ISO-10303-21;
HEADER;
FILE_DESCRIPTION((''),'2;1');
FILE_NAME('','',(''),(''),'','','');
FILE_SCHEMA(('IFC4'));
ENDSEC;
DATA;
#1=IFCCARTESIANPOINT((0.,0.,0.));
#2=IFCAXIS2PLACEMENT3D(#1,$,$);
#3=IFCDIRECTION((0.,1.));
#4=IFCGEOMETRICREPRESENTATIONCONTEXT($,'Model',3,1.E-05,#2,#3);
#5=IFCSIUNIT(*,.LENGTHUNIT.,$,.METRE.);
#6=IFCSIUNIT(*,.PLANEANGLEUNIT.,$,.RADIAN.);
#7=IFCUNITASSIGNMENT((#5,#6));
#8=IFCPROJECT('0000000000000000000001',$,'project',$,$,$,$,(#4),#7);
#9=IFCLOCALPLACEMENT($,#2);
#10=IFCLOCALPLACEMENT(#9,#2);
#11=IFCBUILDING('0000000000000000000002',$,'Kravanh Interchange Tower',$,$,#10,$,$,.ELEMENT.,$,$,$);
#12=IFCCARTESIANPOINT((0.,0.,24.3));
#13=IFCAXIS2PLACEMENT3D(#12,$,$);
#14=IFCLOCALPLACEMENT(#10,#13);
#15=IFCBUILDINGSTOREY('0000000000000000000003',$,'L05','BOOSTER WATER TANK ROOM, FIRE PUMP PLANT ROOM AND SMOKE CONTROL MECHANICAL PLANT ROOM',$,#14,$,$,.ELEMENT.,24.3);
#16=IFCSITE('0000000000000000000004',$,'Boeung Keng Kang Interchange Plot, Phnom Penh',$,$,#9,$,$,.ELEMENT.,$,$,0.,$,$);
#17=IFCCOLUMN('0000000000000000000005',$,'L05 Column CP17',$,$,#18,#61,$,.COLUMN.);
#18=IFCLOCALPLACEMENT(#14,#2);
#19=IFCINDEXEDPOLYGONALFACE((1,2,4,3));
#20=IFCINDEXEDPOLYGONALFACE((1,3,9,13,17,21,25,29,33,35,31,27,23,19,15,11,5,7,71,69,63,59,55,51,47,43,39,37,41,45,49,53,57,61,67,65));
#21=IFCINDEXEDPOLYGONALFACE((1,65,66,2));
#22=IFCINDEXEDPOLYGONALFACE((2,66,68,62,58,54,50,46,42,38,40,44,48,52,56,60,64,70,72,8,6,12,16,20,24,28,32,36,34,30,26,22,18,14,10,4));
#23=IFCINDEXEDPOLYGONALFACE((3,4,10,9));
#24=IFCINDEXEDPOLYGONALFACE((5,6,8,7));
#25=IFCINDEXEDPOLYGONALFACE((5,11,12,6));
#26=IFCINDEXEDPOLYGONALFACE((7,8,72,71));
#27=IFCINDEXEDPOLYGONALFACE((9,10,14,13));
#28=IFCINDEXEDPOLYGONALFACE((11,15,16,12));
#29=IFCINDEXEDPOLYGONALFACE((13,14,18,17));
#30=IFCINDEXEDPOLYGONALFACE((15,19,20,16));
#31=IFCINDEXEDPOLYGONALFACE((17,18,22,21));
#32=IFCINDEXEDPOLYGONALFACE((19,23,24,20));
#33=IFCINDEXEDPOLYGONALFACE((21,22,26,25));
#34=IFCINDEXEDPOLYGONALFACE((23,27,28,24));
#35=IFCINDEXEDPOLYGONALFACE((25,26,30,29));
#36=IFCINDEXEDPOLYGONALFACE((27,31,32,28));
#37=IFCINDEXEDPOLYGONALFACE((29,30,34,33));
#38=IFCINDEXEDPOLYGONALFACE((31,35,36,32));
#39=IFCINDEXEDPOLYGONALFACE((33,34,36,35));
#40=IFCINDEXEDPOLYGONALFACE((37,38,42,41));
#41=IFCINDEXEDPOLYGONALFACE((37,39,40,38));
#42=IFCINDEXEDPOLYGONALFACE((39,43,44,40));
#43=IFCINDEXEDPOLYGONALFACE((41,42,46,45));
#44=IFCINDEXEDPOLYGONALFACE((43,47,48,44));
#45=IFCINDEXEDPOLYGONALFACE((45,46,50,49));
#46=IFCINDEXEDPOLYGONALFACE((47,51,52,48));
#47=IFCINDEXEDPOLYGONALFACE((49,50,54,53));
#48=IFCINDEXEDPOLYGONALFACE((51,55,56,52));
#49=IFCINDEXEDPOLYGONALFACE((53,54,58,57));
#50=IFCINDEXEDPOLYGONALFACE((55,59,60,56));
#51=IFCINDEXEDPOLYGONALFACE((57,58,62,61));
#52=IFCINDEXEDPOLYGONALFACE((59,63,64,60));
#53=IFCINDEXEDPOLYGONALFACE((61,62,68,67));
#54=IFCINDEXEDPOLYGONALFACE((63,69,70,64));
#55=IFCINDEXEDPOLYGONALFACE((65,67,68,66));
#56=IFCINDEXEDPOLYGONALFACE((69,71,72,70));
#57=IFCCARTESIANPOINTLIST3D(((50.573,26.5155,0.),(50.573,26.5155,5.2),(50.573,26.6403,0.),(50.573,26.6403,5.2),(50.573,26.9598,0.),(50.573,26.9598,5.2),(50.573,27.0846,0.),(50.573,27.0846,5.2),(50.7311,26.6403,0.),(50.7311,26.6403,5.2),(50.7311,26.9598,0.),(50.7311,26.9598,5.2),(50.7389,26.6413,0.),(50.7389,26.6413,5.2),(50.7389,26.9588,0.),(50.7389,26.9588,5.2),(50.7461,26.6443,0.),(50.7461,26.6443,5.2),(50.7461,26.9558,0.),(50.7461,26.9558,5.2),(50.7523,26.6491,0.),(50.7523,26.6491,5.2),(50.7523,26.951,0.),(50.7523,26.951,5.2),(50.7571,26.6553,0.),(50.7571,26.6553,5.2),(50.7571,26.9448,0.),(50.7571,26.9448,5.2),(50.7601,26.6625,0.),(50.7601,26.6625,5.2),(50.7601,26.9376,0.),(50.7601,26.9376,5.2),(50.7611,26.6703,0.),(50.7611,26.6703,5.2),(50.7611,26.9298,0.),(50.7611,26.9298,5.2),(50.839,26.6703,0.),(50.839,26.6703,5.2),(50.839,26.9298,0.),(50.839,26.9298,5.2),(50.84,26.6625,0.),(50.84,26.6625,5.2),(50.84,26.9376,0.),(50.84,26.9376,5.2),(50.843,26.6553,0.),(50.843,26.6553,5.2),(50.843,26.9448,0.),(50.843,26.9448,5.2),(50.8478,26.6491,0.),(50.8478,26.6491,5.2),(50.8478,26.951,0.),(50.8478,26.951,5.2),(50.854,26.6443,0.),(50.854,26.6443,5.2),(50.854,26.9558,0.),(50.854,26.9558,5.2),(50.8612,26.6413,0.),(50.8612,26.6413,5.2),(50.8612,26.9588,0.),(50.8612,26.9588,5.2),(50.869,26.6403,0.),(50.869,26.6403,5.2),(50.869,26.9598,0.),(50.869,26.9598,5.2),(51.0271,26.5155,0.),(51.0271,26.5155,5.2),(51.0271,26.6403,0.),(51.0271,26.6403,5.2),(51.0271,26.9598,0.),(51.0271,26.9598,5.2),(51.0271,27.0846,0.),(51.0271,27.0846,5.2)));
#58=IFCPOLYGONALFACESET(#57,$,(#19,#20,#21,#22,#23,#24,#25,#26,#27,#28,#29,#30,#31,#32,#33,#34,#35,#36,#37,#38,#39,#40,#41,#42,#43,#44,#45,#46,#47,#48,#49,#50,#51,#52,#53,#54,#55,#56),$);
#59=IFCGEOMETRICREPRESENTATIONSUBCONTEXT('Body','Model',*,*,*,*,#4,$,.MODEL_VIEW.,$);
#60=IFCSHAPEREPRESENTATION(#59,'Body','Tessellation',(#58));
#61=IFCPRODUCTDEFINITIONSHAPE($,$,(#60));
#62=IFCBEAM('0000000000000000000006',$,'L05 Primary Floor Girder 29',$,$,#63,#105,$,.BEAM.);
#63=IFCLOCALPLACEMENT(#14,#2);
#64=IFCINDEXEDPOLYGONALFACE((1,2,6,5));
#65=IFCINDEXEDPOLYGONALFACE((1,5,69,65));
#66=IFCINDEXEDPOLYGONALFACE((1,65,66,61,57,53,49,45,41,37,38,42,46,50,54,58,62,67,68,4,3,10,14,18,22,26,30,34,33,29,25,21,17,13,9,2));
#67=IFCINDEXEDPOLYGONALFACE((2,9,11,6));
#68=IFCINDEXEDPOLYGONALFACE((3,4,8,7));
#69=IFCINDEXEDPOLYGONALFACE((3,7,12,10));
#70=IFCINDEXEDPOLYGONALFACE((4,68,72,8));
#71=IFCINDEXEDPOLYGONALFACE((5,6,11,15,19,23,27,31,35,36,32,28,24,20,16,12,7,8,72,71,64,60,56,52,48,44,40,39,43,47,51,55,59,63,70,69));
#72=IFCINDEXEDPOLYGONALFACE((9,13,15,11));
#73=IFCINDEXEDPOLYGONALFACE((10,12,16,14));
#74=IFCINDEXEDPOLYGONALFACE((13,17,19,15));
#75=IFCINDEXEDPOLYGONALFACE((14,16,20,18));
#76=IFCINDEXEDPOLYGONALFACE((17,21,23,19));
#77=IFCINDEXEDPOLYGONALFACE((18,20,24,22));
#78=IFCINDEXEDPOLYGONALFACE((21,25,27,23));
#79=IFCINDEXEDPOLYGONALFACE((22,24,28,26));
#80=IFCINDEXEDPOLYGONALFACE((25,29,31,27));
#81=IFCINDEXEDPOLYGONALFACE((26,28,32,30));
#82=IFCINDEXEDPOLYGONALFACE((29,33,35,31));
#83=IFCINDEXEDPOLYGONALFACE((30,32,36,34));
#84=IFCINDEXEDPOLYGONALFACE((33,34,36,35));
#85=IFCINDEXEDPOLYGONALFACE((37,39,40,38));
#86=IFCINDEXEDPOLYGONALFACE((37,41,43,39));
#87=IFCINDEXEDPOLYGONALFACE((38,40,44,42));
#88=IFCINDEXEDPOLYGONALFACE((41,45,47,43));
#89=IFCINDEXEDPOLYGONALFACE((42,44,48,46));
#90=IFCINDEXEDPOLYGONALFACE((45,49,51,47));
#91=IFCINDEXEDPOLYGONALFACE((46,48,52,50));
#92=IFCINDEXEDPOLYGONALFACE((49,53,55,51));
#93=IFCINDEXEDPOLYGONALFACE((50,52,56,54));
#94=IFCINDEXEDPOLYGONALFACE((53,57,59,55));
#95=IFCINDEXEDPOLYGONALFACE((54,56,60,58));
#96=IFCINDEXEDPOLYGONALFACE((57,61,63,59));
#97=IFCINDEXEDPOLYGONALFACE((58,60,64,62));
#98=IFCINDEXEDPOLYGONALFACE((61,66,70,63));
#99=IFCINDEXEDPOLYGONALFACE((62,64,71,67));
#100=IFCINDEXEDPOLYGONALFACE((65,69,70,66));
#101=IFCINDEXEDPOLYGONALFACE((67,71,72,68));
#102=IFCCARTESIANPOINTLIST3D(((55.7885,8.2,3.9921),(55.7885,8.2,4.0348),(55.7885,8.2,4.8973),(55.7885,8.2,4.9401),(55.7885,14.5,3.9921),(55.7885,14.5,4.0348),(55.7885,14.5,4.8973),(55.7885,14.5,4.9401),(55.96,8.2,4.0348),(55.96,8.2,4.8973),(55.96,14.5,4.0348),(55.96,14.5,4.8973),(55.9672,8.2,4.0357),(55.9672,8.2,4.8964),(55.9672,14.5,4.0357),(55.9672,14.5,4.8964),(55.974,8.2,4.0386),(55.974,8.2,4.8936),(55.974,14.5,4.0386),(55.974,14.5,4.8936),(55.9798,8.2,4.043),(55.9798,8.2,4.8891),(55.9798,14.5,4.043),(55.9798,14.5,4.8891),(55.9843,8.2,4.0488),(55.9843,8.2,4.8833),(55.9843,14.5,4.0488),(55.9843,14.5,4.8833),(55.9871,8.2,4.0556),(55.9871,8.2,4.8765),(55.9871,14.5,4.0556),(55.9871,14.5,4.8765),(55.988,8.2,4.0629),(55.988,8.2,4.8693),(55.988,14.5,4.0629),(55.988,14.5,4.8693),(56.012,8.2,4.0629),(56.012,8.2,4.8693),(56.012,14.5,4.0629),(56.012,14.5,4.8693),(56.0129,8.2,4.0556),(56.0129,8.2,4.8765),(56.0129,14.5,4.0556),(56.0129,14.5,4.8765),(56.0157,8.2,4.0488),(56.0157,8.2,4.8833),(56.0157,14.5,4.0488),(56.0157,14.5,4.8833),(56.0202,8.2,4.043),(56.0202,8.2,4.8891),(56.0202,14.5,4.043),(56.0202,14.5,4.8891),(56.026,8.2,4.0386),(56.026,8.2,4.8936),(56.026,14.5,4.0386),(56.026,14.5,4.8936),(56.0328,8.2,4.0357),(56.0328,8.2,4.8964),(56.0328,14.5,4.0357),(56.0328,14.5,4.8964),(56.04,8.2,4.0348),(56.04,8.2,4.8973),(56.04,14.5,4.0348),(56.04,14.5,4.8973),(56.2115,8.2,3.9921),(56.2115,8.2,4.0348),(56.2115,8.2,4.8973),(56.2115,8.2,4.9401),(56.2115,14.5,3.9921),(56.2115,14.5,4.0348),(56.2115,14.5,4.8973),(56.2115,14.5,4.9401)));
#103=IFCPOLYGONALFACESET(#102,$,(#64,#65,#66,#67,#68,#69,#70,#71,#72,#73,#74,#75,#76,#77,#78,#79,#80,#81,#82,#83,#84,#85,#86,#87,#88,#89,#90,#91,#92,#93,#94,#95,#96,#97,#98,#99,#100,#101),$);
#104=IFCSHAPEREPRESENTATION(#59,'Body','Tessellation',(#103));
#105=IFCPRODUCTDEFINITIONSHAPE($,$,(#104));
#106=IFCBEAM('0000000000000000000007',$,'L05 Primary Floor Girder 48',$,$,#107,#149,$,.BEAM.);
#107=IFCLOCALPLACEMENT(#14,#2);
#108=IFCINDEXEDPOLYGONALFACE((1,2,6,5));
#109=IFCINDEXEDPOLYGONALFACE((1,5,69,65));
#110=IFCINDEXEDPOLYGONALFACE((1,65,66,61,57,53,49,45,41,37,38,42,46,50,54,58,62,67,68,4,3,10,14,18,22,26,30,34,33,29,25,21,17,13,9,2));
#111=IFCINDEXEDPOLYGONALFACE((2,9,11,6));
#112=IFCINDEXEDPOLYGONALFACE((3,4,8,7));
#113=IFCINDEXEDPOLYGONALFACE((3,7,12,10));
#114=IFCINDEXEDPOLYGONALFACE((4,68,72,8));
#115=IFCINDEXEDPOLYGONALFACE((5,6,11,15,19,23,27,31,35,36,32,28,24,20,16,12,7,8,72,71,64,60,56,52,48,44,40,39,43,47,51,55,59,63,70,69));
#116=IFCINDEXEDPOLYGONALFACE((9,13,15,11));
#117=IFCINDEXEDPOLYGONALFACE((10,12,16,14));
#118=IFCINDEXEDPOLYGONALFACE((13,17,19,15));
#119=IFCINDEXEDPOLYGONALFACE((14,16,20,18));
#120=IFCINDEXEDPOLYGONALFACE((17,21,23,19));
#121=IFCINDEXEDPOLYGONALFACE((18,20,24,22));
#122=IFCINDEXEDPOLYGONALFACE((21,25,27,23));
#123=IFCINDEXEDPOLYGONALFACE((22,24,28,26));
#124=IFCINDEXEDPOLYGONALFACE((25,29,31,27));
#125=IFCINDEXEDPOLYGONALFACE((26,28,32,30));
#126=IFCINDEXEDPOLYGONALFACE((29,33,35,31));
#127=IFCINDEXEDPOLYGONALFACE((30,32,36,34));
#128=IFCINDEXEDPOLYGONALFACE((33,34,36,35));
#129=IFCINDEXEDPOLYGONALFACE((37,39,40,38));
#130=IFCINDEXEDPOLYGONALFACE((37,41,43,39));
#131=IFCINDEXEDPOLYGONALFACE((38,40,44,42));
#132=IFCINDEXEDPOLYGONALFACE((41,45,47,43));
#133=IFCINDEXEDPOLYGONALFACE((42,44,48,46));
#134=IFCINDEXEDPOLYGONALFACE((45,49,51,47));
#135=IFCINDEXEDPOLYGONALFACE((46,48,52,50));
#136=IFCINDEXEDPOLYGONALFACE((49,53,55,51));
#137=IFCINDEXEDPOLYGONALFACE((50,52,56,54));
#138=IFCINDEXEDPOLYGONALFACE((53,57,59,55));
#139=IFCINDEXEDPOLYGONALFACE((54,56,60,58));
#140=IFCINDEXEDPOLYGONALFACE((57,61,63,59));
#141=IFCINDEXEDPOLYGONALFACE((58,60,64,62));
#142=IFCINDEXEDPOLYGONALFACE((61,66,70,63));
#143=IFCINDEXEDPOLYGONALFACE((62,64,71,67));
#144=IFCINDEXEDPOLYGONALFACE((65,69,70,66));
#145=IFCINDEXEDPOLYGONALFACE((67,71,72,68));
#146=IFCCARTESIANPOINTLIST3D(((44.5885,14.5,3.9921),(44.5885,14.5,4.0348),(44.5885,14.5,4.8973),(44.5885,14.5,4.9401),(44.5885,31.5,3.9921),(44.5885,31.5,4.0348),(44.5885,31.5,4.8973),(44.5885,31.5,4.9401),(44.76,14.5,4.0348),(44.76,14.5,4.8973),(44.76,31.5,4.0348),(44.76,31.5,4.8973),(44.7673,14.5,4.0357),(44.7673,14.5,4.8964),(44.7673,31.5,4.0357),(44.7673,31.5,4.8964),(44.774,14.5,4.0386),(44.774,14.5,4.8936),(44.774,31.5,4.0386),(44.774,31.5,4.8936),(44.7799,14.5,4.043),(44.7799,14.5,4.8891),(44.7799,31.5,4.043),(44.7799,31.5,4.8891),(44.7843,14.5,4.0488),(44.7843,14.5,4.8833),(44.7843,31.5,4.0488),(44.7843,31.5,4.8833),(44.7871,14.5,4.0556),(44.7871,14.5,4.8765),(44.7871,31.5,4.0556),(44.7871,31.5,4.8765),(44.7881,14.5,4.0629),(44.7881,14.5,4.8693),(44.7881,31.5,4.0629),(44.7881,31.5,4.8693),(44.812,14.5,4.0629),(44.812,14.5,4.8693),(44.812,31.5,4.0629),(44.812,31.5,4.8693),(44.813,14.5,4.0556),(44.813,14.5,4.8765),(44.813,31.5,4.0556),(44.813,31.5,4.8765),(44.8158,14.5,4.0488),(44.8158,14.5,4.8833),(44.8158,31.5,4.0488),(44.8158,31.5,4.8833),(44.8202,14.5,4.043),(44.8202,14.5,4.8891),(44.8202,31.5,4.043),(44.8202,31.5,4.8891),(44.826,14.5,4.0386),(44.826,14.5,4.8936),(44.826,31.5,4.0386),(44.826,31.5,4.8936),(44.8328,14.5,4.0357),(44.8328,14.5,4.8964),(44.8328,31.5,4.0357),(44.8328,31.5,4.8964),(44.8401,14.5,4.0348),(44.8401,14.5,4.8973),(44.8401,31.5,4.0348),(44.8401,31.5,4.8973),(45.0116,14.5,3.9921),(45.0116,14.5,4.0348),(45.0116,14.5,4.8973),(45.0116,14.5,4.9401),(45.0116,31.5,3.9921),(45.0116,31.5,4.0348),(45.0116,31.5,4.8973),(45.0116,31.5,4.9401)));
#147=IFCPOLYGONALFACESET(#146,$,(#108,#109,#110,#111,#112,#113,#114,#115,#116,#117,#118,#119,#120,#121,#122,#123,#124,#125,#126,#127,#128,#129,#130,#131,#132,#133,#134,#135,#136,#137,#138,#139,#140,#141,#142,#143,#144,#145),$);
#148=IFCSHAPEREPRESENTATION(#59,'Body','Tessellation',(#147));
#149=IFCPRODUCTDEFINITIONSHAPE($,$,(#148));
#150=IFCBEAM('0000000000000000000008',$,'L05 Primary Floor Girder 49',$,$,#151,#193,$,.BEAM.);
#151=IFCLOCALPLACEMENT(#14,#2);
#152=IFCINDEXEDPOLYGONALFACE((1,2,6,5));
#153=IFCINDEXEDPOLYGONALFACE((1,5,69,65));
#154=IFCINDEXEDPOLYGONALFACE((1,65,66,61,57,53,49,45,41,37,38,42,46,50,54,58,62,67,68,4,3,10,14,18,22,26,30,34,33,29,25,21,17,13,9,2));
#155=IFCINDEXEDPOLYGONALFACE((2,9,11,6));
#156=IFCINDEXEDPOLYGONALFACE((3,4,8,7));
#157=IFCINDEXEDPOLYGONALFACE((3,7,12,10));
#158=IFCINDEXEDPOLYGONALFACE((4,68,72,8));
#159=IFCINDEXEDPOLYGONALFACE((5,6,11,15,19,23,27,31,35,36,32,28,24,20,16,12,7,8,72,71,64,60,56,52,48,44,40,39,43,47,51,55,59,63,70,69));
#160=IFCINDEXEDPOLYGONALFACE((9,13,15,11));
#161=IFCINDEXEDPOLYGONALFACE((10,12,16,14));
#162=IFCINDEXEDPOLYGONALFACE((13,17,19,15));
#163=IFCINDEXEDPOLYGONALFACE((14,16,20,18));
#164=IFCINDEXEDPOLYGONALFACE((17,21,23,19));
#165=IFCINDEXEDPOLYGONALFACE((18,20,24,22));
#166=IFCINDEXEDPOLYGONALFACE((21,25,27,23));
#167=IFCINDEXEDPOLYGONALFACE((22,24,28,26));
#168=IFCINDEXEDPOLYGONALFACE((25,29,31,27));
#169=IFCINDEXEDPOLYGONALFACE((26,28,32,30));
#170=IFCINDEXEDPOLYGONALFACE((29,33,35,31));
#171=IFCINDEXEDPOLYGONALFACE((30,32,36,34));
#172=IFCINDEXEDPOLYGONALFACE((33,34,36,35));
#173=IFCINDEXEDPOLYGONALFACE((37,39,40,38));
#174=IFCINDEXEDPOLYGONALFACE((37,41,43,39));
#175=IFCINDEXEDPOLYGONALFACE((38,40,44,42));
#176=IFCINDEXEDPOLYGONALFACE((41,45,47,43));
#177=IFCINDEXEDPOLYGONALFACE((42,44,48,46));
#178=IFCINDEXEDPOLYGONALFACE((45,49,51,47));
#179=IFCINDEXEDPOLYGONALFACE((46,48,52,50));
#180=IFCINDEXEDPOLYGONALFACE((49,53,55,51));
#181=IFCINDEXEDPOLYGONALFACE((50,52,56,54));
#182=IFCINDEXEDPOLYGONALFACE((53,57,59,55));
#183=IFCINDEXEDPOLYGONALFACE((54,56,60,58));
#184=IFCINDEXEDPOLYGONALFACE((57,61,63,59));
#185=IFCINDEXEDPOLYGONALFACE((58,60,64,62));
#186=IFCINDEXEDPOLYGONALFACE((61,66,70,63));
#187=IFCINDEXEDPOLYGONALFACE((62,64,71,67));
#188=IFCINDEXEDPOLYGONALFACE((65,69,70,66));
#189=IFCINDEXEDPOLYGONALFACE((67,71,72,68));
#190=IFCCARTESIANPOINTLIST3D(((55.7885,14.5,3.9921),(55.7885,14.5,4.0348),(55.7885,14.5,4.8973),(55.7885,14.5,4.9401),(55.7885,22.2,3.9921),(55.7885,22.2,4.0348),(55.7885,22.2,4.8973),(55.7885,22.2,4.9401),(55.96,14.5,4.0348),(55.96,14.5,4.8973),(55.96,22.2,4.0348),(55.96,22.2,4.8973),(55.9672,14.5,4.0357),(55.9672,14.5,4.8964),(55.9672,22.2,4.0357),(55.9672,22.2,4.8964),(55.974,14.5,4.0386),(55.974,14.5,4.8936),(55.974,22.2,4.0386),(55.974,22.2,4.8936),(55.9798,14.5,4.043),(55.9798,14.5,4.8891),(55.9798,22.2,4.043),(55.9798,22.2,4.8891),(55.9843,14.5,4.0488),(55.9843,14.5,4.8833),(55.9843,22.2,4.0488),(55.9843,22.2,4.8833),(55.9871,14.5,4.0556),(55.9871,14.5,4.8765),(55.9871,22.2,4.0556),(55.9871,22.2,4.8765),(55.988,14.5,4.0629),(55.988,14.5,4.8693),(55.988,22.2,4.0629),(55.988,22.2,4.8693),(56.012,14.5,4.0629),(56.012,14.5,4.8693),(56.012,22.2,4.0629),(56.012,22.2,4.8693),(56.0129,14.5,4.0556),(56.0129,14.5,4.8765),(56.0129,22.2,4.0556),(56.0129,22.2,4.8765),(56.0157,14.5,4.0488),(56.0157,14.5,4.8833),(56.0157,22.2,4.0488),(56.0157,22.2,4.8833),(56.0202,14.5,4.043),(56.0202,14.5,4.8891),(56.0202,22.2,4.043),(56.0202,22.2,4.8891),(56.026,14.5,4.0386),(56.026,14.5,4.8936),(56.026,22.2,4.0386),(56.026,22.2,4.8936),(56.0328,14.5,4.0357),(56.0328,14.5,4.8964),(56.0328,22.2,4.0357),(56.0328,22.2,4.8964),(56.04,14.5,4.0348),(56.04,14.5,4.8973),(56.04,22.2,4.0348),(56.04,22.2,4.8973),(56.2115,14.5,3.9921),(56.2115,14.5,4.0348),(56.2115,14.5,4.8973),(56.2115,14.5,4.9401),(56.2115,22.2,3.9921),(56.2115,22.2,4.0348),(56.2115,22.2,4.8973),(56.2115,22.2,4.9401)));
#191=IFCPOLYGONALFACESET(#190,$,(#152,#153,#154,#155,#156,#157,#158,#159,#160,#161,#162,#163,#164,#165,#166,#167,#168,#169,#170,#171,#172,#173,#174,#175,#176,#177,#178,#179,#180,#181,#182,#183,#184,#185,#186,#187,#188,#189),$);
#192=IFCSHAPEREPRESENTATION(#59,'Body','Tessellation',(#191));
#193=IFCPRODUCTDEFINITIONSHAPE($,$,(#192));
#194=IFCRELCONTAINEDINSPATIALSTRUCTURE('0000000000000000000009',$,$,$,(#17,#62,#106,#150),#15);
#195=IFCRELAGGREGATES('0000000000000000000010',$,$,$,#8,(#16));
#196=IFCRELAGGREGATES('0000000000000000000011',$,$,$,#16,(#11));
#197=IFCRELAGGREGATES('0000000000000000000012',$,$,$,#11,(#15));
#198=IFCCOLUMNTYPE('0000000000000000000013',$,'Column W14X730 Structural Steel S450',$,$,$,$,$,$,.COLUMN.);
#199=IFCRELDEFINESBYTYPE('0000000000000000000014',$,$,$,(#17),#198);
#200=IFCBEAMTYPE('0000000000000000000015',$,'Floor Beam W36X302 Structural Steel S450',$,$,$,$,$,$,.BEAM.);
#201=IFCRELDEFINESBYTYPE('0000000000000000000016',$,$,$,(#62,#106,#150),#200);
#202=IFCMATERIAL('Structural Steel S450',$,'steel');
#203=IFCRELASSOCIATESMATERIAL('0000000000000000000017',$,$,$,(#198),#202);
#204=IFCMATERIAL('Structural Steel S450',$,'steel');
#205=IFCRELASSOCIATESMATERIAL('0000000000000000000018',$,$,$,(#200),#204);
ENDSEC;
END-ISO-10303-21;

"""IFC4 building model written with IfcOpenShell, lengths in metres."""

from ifc_helpers import new_model, si_unit, direction, frame, origin, origin_2d, place, context, subcontext, project, spatial, i_section, extrude, material, material_profile, profile_set, type_object, element, save


model = new_model("IFC4")

# Units and contexts
model_context = context("Model", 3, precision=1e-05, world=origin(), true_north=direction((0.0, 1.0)))
body_context = subcontext(model_context, "Body", "Model", "MODEL_VIEW")
ifc_project = project(units=[si_unit("LENGTHUNIT", "METRE"), si_unit("PLANEANGLEUNIT", "RADIAN")], contexts=[model_context])

# Site, building, storey
site_placement = place(None, origin())
site = spatial("IfcSite", under=ifc_project, at=site_placement, Name="Boeung Keng Kang Interchange Plot, Phnom Penh", CompositionType="ELEMENT", RefElevation=0.0)
building_placement = place(site_placement, origin())
building = spatial("IfcBuilding", under=site, at=building_placement, Name="Kravanh Interchange Tower", CompositionType="ELEMENT")
storey_placement = place(building_placement, frame((0.0, 0.0, 24.3)))
storey = spatial("IfcBuildingStorey", under=building, at=storey_placement, Name="L05", Description="BOOSTER WATER TANK ROOM, FIRE PUMP PLANT ROOM AND SMOKE CONTROL MECHANICAL PLANT ROOM", CompositionType="ELEMENT", Elevation=24.3)

# Column
ifc_material_1 = material(Name="Structural Steel S450", Category="steel")
ifc_material_profile_1 = material_profile(ifc_material_1, i_section(OverallWidth=0.4541, OverallDepth=0.5691, WebThickness=0.0779, FlangeThickness=0.1248, FilletRadius=0.03, at=origin_2d()), Name="W14X730")
ifc_profile_set_1 = profile_set([ifc_material_profile_1], Name="Structural Steel S450")
column_type = type_object("IfcColumnType", Name="Column W14X730 Structural Steel S450", PredefinedType="COLUMN", material=ifc_profile_set_1)
for number, where, z_axis, x_axis, name in (
    (1, (50.8, 26.8, 0.0), (0.0, 0.0, 1.0), (1.0, 0.0, 0.0), "L05 Column CP17"),
):
    element("IfcColumn", number, at=place(storey_placement, frame(where, z_axis=z_axis, x_axis=x_axis)), inside=storey, type_object=column_type, Name=name, PredefinedType="COLUMN", context=body_context, shape_type="SweptSolid", body=[
        extrude(i_section(OverallWidth=0.4541, OverallDepth=0.5691, WebThickness=0.0779, FlangeThickness=0.1248, FilletRadius=0.03, at=origin_2d()), origin(), (0.0, 0.0, 1.0), 5.2),
    ])

# Beams
ifc_material_2 = material(Name="Structural Steel S450", Category="steel")
ifc_material_profile_2 = material_profile(ifc_material_2, i_section(OverallWidth=0.4231, OverallDepth=0.948, WebThickness=0.0239, FlangeThickness=0.0427, FilletRadius=0.0281, at=origin_2d()), Name="W36X302")
ifc_profile_set_2 = profile_set([ifc_material_profile_2], Name="Structural Steel S450")
beam_type_1 = type_object("IfcBeamType", Name="Floor Beam W36X302 Structural Steel S450", PredefinedType="BEAM", material=ifc_profile_set_2)
beam_1_placement = place(storey_placement, frame((56.0, 8.2, 4.4661), z_axis=(0.0, 1.0, 0.0), x_axis=(-1.0, 0.0, 0.0)))
element("IfcBeam", 2, at=beam_1_placement, inside=storey, type_object=beam_type_1, Name="L05 Primary Floor Girder 29", PredefinedType="BEAM", context=body_context, shape_type="SweptSolid", body=[
    extrude(i_section(OverallWidth=0.4231, OverallDepth=0.948, WebThickness=0.0239, FlangeThickness=0.0427, FilletRadius=0.0281, at=origin_2d()), origin(), (0.0, 0.0, 1.0), 6.3),
])
beam_2_placement = place(storey_placement, frame((44.8, 14.5, 4.4661), z_axis=(0.0, 1.0, 0.0), x_axis=(-1.0, 0.0, 0.0)))
element("IfcBeam", 3, at=beam_2_placement, inside=storey, type_object=beam_type_1, Name="L05 Primary Floor Girder 48", PredefinedType="BEAM", context=body_context, shape_type="SweptSolid", body=[
    extrude(i_section(OverallWidth=0.4231, OverallDepth=0.948, WebThickness=0.0239, FlangeThickness=0.0427, FilletRadius=0.0281, at=origin_2d()), origin(), (0.0, 0.0, 1.0), 17.0),
])
beam_3_placement = place(storey_placement, frame((56.0, 14.5, 4.4661), z_axis=(0.0, 1.0, 0.0), x_axis=(-1.0, 0.0, 0.0)))
element("IfcBeam", 4, at=beam_3_placement, inside=storey, type_object=beam_type_1, Name="L05 Primary Floor Girder 49", PredefinedType="BEAM", context=body_context, shape_type="SweptSolid", body=[
    extrude(i_section(OverallWidth=0.4231, OverallDepth=0.948, WebThickness=0.0239, FlangeThickness=0.0427, FilletRadius=0.0281, at=origin_2d()), origin(), (0.0, 0.0, 1.0), 7.7),
])

save(model, "model.ifc")
